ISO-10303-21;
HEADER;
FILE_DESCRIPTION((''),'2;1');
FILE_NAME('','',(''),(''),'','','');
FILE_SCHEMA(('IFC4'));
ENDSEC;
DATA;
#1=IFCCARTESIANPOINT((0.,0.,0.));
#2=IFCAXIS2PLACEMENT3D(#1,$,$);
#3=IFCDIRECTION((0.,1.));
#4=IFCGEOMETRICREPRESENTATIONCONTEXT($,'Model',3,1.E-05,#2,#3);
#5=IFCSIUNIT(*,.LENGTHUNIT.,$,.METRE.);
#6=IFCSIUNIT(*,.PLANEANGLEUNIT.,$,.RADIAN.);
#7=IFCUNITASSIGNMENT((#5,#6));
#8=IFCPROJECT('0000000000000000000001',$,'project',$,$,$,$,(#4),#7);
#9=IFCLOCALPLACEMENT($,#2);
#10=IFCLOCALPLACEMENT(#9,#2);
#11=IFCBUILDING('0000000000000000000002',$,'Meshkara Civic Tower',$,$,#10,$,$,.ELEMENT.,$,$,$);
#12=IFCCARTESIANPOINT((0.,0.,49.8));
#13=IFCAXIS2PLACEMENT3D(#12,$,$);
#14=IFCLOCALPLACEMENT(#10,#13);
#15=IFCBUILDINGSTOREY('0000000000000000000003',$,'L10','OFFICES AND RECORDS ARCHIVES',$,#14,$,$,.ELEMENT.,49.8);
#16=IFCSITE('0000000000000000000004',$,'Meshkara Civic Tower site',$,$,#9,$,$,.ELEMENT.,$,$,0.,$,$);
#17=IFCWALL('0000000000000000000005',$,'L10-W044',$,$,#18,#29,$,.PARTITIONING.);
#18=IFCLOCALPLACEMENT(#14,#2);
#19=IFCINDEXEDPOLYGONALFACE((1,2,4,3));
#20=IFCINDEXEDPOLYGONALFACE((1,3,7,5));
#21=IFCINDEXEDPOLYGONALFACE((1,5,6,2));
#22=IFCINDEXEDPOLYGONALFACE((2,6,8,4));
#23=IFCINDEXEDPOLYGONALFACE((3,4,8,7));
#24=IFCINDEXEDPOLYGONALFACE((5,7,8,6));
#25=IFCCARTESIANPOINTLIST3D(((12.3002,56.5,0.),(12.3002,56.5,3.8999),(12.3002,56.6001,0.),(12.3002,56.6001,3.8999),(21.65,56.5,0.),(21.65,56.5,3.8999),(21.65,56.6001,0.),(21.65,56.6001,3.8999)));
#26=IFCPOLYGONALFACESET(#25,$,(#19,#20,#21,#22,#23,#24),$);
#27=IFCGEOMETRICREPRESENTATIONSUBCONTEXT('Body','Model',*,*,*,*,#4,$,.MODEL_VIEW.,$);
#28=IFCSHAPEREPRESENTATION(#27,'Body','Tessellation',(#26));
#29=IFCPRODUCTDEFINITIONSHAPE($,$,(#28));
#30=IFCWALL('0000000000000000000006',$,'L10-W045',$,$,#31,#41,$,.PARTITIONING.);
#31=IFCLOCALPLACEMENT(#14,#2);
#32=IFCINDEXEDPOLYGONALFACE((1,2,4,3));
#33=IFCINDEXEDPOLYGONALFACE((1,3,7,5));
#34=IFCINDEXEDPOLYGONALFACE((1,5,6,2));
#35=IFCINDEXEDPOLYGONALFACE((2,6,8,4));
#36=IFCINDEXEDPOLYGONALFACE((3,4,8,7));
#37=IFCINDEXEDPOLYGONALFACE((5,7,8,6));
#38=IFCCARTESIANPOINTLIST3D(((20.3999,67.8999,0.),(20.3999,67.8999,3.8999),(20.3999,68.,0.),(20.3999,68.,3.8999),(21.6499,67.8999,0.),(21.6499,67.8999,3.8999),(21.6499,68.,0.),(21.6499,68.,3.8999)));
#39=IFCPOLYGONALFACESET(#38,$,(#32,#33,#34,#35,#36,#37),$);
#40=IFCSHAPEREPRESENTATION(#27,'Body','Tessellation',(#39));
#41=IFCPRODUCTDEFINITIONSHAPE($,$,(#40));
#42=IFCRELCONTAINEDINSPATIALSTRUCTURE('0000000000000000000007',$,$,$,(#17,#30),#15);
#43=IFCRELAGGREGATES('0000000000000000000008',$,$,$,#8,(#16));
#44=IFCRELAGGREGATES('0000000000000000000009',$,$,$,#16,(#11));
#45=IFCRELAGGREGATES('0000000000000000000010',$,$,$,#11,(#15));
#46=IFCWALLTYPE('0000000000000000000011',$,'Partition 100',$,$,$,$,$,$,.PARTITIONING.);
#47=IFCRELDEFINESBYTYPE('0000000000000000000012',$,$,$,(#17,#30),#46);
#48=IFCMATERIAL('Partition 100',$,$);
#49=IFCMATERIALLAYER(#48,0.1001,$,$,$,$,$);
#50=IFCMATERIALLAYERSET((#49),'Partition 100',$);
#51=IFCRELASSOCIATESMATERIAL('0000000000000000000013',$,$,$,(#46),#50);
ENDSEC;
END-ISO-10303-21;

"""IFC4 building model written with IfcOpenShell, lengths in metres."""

from ifc_helpers import new_model, si_unit, direction, frame, frame_2d, origin, place, context, subcontext, project, spatial, rectangle, extrude, material, layer, layer_set, type_object, element, save


model = new_model("IFC4")

# Units and contexts
model_context = context("Model", 3, precision=1e-05, world=origin(), true_north=direction((0.0, 1.0)))
body_context = subcontext(model_context, "Body", "Model", "MODEL_VIEW")
ifc_project = project(units=[si_unit("LENGTHUNIT", "METRE"), si_unit("PLANEANGLEUNIT", "RADIAN")], contexts=[model_context])

# Site, building, storey
site_placement = place(None, origin())
site = spatial("IfcSite", under=ifc_project, at=site_placement, Name="Meshkara Civic Tower site", CompositionType="ELEMENT", RefElevation=0.0)
building_placement = place(site_placement, origin())
building = spatial("IfcBuilding", under=site, at=building_placement, Name="Meshkara Civic Tower", CompositionType="ELEMENT")
storey_placement = place(building_placement, frame((0.0, 0.0, 49.8)))
storey = spatial("IfcBuildingStorey", under=building, at=storey_placement, Name="L10", Description="OFFICES AND RECORDS ARCHIVES", CompositionType="ELEMENT", Elevation=49.8)

# Walls
ifc_material_1 = material(Name="Partition 100")
ifc_layer_1 = layer(ifc_material_1, 0.1001)
ifc_layer_set_1 = layer_set([ifc_layer_1], Name="Partition 100")
wall_type_1 = type_object("IfcWallType", Name="Partition 100", PredefinedType="PARTITIONING", material=ifc_layer_set_1)
wall_1_placement = place(storey_placement, frame((21.6499, 56.55, 0.0), z_axis=(0.0, 0.0, 1.0), x_axis=(-1.0, 0.0, 0.0)))
element("IfcWall", 1, at=wall_1_placement, inside=storey, type_object=wall_type_1, Name="L10-W044", PredefinedType="PARTITIONING", context=body_context, shape_type="SweptSolid", body=[
    extrude(rectangle(XDim=9.3499, YDim=0.1001, at=frame_2d((4.6748, 0.0))), origin(), (0.0, 0.0, 1.0), 3.8999),
])
wall_2_placement = place(storey_placement, frame((21.6499, 67.95, 0.0), z_axis=(0.0, 0.0, 1.0), x_axis=(-1.0, 0.0, 0.0)))
element("IfcWall", 2, at=wall_2_placement, inside=storey, type_object=wall_type_1, Name="L10-W045", PredefinedType="PARTITIONING", context=body_context, shape_type="SweptSolid", body=[
    extrude(rectangle(XDim=1.25, YDim=0.1001, at=frame_2d((0.625, 0.0))), origin(), (0.0, 0.0, 1.0), 3.8999),
])

save(model, "model.ifc")
